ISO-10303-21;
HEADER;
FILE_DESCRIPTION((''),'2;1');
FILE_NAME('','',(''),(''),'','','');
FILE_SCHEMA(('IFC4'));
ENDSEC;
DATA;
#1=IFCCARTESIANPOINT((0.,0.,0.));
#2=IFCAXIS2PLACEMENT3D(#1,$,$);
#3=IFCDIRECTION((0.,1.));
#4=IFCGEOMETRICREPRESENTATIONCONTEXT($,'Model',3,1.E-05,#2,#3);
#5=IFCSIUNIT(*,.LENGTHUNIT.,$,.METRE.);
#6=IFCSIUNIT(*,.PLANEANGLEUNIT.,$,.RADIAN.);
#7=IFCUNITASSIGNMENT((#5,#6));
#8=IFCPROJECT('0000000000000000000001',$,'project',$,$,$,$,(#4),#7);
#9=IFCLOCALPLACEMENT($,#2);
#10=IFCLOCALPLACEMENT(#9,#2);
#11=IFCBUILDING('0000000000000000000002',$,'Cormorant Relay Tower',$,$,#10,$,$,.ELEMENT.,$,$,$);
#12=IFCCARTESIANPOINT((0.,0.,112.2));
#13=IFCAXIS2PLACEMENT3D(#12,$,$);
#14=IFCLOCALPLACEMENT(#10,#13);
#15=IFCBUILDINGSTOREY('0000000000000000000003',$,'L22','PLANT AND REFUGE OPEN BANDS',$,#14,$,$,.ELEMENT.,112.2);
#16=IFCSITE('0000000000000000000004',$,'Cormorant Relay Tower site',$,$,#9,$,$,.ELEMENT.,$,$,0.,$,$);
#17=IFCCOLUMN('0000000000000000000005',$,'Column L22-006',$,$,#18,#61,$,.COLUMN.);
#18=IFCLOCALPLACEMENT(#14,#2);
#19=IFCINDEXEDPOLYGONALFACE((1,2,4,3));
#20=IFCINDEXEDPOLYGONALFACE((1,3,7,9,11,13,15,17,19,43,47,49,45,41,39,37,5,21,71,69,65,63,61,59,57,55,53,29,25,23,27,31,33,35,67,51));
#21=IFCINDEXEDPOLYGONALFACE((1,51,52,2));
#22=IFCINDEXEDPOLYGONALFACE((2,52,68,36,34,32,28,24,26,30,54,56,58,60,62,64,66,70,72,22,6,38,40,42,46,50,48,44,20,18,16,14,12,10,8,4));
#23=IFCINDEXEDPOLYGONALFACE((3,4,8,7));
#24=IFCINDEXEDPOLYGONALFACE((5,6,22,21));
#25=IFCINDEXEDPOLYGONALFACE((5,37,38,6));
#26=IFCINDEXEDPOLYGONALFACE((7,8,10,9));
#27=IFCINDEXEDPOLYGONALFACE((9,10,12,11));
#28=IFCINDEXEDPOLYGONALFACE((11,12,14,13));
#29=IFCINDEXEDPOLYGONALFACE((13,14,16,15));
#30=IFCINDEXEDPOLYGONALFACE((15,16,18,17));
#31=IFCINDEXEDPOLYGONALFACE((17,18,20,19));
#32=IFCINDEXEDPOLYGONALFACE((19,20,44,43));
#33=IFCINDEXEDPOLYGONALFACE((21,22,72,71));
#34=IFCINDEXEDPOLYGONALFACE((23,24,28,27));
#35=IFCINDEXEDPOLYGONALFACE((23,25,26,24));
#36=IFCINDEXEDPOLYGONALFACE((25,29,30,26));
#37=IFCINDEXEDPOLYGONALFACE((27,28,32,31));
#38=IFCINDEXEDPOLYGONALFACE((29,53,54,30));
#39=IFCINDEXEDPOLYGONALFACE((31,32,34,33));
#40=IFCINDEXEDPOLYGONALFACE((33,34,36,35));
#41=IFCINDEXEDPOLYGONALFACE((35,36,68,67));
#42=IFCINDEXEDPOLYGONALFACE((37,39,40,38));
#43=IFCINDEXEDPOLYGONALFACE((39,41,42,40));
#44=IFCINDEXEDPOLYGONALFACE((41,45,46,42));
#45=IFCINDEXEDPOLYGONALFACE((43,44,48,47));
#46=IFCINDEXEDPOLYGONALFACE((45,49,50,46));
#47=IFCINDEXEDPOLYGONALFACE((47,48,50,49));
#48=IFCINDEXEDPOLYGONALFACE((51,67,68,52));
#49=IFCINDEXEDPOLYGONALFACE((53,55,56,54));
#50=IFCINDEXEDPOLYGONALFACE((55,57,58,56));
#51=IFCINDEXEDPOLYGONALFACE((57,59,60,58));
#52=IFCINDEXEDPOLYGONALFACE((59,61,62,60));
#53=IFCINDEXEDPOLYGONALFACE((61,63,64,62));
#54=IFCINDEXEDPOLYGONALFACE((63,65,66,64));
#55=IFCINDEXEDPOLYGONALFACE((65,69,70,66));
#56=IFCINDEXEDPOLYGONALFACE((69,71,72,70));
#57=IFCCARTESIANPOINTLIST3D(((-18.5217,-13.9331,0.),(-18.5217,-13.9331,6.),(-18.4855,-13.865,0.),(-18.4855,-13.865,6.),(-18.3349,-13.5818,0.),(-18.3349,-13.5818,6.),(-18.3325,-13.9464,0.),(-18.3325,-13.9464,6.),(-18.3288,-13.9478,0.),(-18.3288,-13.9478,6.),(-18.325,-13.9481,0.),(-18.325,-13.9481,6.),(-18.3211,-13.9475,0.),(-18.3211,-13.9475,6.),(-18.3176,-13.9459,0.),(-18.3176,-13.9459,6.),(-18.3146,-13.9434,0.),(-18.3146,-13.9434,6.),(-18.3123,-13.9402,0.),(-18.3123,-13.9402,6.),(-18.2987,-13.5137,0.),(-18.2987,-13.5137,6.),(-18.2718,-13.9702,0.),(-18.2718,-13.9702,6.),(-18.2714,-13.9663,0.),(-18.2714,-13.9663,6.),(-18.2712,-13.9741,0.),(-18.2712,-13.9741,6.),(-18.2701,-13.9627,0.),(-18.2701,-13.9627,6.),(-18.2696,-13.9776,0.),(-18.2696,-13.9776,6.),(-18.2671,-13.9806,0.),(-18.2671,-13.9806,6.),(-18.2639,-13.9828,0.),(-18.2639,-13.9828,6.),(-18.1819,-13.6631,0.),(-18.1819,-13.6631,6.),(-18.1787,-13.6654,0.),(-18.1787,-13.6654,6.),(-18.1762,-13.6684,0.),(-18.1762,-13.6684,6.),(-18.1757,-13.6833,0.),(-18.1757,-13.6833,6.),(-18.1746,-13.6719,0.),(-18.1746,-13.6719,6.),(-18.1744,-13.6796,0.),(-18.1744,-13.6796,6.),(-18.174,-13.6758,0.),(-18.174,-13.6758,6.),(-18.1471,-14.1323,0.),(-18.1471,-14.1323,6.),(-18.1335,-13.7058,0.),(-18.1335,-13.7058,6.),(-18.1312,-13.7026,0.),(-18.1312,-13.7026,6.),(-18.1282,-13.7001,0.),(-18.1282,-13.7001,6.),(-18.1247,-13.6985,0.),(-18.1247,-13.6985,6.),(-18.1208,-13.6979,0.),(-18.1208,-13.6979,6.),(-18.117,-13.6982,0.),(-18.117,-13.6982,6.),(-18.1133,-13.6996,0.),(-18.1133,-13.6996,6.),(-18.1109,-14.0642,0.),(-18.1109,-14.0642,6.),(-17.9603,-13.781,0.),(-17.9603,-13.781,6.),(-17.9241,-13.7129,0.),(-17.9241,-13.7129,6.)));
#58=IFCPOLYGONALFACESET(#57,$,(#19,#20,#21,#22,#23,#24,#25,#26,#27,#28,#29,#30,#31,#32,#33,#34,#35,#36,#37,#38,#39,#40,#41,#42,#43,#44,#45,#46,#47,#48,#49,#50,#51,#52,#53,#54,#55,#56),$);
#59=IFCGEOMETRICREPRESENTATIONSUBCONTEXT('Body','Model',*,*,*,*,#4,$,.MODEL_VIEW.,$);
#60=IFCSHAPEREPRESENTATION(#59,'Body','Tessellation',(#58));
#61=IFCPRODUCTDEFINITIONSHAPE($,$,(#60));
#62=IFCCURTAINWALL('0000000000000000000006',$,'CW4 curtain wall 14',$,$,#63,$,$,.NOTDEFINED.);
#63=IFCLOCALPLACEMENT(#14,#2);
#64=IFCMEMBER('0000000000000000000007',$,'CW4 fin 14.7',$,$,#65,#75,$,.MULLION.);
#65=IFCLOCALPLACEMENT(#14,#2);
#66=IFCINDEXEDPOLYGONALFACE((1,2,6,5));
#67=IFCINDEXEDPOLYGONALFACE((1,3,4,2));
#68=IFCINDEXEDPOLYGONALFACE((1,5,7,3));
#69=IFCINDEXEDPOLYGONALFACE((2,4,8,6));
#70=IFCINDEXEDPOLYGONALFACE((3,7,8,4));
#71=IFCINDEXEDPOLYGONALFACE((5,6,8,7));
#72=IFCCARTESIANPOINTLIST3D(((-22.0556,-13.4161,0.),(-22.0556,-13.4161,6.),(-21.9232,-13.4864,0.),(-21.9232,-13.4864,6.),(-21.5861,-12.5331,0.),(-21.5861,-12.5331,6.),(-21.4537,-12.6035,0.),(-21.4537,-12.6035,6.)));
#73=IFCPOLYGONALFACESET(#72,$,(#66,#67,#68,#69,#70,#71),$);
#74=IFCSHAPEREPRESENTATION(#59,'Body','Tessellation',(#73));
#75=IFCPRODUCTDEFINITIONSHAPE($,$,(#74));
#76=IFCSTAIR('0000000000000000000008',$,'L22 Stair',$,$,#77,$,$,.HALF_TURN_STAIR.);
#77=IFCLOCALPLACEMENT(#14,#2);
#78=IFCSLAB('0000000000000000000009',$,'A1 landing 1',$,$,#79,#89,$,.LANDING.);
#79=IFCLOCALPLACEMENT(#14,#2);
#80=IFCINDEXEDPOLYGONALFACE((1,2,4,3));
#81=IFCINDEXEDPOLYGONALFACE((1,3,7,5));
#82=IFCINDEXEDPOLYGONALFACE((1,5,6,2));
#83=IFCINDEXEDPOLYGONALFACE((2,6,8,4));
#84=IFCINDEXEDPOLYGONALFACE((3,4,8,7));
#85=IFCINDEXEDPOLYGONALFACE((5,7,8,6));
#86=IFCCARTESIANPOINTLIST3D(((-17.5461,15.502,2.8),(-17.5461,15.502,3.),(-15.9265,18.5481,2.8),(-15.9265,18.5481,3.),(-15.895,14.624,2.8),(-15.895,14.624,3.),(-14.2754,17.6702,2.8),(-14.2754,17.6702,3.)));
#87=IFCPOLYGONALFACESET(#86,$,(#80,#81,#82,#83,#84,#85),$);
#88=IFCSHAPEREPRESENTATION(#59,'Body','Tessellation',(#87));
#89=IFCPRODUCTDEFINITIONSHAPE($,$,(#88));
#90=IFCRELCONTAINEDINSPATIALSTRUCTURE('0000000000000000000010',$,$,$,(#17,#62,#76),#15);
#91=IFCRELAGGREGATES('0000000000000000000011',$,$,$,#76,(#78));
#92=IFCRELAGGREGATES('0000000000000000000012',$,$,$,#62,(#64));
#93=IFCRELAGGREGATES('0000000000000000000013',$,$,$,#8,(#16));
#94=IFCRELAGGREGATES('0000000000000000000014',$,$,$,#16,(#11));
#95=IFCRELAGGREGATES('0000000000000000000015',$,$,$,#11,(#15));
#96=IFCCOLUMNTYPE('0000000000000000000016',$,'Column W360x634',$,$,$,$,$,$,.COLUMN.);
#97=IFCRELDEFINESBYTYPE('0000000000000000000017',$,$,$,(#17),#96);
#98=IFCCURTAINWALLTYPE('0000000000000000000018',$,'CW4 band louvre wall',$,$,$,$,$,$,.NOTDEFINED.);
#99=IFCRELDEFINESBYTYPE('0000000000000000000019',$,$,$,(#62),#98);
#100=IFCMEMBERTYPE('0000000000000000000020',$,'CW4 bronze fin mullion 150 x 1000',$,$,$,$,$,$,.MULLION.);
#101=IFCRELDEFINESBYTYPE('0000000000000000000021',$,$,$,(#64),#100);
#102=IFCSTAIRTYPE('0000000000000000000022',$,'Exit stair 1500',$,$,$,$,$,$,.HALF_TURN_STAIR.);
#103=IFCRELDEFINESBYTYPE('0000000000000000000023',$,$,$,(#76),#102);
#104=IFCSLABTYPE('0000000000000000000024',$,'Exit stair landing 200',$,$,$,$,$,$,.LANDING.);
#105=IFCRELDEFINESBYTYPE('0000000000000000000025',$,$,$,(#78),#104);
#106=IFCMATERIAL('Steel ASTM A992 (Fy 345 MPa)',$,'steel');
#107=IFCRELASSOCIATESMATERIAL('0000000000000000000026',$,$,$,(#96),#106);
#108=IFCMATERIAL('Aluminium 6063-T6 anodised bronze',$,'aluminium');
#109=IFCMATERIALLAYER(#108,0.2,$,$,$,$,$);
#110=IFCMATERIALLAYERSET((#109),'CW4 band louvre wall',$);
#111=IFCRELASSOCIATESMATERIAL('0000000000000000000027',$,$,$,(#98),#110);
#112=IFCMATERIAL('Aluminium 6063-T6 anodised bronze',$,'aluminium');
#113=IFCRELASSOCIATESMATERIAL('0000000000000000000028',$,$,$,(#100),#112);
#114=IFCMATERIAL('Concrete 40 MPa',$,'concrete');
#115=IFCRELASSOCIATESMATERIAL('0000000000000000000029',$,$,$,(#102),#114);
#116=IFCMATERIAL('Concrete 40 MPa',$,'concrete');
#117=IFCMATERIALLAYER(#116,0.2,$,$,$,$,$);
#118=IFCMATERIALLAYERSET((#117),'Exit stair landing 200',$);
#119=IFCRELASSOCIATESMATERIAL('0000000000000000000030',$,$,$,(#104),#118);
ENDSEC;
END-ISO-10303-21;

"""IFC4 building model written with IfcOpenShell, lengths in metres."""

from ifc_helpers import new_model, si_unit, direction, frame, origin, origin_2d, place, context, subcontext, project, spatial, polyline, rectangle, i_section, outline, extrude, material, layer, layer_set, material_profile, profile_set, type_object, element, aggregate, save


model = new_model("IFC4")

# Units and contexts
model_context = context("Model", 3, precision=1e-05, world=origin(), true_north=direction((0.0, 1.0)))
body_context = subcontext(model_context, "Body", "Model", "MODEL_VIEW")
ifc_project = project(units=[si_unit("LENGTHUNIT", "METRE"), si_unit("PLANEANGLEUNIT", "RADIAN")], contexts=[model_context])

# Site, building, storey
site_placement = place(None, origin())
site = spatial("IfcSite", under=ifc_project, at=site_placement, Name="Cormorant Relay Tower site", CompositionType="ELEMENT", RefElevation=0.0)
building_placement = place(site_placement, origin())
building = spatial("IfcBuilding", under=site, at=building_placement, Name="Cormorant Relay Tower", CompositionType="ELEMENT")
storey_placement = place(building_placement, frame((0.0, 0.0, 112.2)))
storey = spatial("IfcBuildingStorey", under=building, at=storey_placement, Name="L22", Description="PLANT AND REFUGE OPEN BANDS", CompositionType="ELEMENT", Elevation=112.2)

# Column
ifc_material_1 = material(Name="Steel ASTM A992 (Fy 345 MPa)", Category="steel")
ifc_material_profile_1 = material_profile(ifc_material_1, i_section(OverallWidth=0.4243, OverallDepth=0.4751, WebThickness=0.0479, FlangeThickness=0.0771, FilletRadius=0.0149, at=origin_2d()), Name="W360x634")
ifc_profile_set_1 = profile_set([ifc_material_profile_1], Name="Steel ASTM A992 (Fy 345 MPa)")
column_type_1 = type_object("IfcColumnType", Name="Column W360x634", PredefinedType="COLUMN", material=ifc_profile_set_1)
column_placement = place(storey_placement, frame((-18.2229, -13.823, 0.0), z_axis=(0.0, 0.0, 1.0), x_axis=(0.882948, -0.469472, 0.0)))
element("IfcColumn", 1, at=column_placement, inside=storey, type_object=column_type_1, Name="Column L22-006", PredefinedType="COLUMN", context=body_context, shape_type="SweptSolid", body=[
    extrude(i_section(OverallWidth=0.4243, OverallDepth=0.4751, WebThickness=0.0479, FlangeThickness=0.0771, FilletRadius=0.0149, at=origin_2d()), origin(), (0.0, 0.0, 1.0), 6.0),
])

# Curtain wall, member
ifc_material_2 = material(Name="Aluminium 6063-T6 anodised bronze", Category="aluminium")
ifc_layer_1 = layer(ifc_material_2, 0.2)
ifc_layer_set_1 = layer_set([ifc_layer_1], Name="CW4 band louvre wall")
curtain_wall_type = type_object("IfcCurtainWallType", Name="CW4 band louvre wall", PredefinedType="NOTDEFINED", material=ifc_layer_set_1)
curtain_wall_placement = place(storey_placement, origin())
curtain_wall = element("IfcCurtainWall", 2, at=curtain_wall_placement, inside=storey, type_object=curtain_wall_type, Name="CW4 curtain wall 14", PredefinedType="NOTDEFINED")
ifc_material_3 = material(Name="Aluminium 6063-T6 anodised bronze", Category="aluminium")
ifc_material_profile_2 = material_profile(ifc_material_3, rectangle(XDim=0.1499, YDim=1.0, at=origin_2d()), Name="AL 150x1000")
ifc_profile_set_2 = profile_set([ifc_material_profile_2], Name="Aluminium 6063-T6 anodised bronze")
member_type = type_object("IfcMemberType", Name="CW4 bronze fin mullion 150 x 1000", PredefinedType="MULLION", material=ifc_profile_set_2)
member_placement = place(storey_placement, frame((-21.7546, -13.0098, 0.0), z_axis=(0.0, 0.0, 1.0), x_axis=(0.882948, -0.469472, 0.0)))
member = element("IfcMember", 3, at=member_placement, type_object=member_type, Name="CW4 fin 14.7", PredefinedType="MULLION", context=body_context, shape_type="SweptSolid", body=[
    extrude(rectangle(XDim=0.1499, YDim=1.0, at=origin_2d()), origin(), (0.0, 0.0, 1.0), 6.0),
])

# Stair, slab
ifc_material_4 = material(Name="Concrete 40 MPa", Category="concrete")
stair_type = type_object("IfcStairType", Name="Exit stair 1500", PredefinedType="HALF_TURN_STAIR", material=ifc_material_4)
stair_placement = place(storey_placement, origin())
stair = element("IfcStair", 4, at=stair_placement, inside=storey, type_object=stair_type, Name="L22 Stair", PredefinedType="HALF_TURN_STAIR")
ifc_material_5 = material(Name="Concrete 40 MPa", Category="concrete")
ifc_layer_2 = layer(ifc_material_5, 0.2)
ifc_layer_set_2 = layer_set([ifc_layer_2], Name="Exit stair landing 200")
slab_type_1 = type_object("IfcSlabType", Name="Exit stair landing 200", PredefinedType="LANDING", material=ifc_layer_set_2)
slab_1_placement = place(storey_placement, frame((0.0, 0.0, 2.8)))
slab_1 = element("IfcSlab", 5, at=slab_1_placement, type_object=slab_type_1, Name="A1 landing 1", PredefinedType="LANDING", context=body_context, shape_type="SweptSolid", body=[
    extrude(outline(polyline([(-17.5461, 15.502), (-15.895, 14.624), (-14.2754, 17.6702), (-15.9265, 18.5481), (-17.5461, 15.502)])), origin(), (0.0, 0.0, 1.0), 0.2),
])
aggregate(stair, [slab_1])

aggregate(curtain_wall, [member])

save(model, "model.ifc")
